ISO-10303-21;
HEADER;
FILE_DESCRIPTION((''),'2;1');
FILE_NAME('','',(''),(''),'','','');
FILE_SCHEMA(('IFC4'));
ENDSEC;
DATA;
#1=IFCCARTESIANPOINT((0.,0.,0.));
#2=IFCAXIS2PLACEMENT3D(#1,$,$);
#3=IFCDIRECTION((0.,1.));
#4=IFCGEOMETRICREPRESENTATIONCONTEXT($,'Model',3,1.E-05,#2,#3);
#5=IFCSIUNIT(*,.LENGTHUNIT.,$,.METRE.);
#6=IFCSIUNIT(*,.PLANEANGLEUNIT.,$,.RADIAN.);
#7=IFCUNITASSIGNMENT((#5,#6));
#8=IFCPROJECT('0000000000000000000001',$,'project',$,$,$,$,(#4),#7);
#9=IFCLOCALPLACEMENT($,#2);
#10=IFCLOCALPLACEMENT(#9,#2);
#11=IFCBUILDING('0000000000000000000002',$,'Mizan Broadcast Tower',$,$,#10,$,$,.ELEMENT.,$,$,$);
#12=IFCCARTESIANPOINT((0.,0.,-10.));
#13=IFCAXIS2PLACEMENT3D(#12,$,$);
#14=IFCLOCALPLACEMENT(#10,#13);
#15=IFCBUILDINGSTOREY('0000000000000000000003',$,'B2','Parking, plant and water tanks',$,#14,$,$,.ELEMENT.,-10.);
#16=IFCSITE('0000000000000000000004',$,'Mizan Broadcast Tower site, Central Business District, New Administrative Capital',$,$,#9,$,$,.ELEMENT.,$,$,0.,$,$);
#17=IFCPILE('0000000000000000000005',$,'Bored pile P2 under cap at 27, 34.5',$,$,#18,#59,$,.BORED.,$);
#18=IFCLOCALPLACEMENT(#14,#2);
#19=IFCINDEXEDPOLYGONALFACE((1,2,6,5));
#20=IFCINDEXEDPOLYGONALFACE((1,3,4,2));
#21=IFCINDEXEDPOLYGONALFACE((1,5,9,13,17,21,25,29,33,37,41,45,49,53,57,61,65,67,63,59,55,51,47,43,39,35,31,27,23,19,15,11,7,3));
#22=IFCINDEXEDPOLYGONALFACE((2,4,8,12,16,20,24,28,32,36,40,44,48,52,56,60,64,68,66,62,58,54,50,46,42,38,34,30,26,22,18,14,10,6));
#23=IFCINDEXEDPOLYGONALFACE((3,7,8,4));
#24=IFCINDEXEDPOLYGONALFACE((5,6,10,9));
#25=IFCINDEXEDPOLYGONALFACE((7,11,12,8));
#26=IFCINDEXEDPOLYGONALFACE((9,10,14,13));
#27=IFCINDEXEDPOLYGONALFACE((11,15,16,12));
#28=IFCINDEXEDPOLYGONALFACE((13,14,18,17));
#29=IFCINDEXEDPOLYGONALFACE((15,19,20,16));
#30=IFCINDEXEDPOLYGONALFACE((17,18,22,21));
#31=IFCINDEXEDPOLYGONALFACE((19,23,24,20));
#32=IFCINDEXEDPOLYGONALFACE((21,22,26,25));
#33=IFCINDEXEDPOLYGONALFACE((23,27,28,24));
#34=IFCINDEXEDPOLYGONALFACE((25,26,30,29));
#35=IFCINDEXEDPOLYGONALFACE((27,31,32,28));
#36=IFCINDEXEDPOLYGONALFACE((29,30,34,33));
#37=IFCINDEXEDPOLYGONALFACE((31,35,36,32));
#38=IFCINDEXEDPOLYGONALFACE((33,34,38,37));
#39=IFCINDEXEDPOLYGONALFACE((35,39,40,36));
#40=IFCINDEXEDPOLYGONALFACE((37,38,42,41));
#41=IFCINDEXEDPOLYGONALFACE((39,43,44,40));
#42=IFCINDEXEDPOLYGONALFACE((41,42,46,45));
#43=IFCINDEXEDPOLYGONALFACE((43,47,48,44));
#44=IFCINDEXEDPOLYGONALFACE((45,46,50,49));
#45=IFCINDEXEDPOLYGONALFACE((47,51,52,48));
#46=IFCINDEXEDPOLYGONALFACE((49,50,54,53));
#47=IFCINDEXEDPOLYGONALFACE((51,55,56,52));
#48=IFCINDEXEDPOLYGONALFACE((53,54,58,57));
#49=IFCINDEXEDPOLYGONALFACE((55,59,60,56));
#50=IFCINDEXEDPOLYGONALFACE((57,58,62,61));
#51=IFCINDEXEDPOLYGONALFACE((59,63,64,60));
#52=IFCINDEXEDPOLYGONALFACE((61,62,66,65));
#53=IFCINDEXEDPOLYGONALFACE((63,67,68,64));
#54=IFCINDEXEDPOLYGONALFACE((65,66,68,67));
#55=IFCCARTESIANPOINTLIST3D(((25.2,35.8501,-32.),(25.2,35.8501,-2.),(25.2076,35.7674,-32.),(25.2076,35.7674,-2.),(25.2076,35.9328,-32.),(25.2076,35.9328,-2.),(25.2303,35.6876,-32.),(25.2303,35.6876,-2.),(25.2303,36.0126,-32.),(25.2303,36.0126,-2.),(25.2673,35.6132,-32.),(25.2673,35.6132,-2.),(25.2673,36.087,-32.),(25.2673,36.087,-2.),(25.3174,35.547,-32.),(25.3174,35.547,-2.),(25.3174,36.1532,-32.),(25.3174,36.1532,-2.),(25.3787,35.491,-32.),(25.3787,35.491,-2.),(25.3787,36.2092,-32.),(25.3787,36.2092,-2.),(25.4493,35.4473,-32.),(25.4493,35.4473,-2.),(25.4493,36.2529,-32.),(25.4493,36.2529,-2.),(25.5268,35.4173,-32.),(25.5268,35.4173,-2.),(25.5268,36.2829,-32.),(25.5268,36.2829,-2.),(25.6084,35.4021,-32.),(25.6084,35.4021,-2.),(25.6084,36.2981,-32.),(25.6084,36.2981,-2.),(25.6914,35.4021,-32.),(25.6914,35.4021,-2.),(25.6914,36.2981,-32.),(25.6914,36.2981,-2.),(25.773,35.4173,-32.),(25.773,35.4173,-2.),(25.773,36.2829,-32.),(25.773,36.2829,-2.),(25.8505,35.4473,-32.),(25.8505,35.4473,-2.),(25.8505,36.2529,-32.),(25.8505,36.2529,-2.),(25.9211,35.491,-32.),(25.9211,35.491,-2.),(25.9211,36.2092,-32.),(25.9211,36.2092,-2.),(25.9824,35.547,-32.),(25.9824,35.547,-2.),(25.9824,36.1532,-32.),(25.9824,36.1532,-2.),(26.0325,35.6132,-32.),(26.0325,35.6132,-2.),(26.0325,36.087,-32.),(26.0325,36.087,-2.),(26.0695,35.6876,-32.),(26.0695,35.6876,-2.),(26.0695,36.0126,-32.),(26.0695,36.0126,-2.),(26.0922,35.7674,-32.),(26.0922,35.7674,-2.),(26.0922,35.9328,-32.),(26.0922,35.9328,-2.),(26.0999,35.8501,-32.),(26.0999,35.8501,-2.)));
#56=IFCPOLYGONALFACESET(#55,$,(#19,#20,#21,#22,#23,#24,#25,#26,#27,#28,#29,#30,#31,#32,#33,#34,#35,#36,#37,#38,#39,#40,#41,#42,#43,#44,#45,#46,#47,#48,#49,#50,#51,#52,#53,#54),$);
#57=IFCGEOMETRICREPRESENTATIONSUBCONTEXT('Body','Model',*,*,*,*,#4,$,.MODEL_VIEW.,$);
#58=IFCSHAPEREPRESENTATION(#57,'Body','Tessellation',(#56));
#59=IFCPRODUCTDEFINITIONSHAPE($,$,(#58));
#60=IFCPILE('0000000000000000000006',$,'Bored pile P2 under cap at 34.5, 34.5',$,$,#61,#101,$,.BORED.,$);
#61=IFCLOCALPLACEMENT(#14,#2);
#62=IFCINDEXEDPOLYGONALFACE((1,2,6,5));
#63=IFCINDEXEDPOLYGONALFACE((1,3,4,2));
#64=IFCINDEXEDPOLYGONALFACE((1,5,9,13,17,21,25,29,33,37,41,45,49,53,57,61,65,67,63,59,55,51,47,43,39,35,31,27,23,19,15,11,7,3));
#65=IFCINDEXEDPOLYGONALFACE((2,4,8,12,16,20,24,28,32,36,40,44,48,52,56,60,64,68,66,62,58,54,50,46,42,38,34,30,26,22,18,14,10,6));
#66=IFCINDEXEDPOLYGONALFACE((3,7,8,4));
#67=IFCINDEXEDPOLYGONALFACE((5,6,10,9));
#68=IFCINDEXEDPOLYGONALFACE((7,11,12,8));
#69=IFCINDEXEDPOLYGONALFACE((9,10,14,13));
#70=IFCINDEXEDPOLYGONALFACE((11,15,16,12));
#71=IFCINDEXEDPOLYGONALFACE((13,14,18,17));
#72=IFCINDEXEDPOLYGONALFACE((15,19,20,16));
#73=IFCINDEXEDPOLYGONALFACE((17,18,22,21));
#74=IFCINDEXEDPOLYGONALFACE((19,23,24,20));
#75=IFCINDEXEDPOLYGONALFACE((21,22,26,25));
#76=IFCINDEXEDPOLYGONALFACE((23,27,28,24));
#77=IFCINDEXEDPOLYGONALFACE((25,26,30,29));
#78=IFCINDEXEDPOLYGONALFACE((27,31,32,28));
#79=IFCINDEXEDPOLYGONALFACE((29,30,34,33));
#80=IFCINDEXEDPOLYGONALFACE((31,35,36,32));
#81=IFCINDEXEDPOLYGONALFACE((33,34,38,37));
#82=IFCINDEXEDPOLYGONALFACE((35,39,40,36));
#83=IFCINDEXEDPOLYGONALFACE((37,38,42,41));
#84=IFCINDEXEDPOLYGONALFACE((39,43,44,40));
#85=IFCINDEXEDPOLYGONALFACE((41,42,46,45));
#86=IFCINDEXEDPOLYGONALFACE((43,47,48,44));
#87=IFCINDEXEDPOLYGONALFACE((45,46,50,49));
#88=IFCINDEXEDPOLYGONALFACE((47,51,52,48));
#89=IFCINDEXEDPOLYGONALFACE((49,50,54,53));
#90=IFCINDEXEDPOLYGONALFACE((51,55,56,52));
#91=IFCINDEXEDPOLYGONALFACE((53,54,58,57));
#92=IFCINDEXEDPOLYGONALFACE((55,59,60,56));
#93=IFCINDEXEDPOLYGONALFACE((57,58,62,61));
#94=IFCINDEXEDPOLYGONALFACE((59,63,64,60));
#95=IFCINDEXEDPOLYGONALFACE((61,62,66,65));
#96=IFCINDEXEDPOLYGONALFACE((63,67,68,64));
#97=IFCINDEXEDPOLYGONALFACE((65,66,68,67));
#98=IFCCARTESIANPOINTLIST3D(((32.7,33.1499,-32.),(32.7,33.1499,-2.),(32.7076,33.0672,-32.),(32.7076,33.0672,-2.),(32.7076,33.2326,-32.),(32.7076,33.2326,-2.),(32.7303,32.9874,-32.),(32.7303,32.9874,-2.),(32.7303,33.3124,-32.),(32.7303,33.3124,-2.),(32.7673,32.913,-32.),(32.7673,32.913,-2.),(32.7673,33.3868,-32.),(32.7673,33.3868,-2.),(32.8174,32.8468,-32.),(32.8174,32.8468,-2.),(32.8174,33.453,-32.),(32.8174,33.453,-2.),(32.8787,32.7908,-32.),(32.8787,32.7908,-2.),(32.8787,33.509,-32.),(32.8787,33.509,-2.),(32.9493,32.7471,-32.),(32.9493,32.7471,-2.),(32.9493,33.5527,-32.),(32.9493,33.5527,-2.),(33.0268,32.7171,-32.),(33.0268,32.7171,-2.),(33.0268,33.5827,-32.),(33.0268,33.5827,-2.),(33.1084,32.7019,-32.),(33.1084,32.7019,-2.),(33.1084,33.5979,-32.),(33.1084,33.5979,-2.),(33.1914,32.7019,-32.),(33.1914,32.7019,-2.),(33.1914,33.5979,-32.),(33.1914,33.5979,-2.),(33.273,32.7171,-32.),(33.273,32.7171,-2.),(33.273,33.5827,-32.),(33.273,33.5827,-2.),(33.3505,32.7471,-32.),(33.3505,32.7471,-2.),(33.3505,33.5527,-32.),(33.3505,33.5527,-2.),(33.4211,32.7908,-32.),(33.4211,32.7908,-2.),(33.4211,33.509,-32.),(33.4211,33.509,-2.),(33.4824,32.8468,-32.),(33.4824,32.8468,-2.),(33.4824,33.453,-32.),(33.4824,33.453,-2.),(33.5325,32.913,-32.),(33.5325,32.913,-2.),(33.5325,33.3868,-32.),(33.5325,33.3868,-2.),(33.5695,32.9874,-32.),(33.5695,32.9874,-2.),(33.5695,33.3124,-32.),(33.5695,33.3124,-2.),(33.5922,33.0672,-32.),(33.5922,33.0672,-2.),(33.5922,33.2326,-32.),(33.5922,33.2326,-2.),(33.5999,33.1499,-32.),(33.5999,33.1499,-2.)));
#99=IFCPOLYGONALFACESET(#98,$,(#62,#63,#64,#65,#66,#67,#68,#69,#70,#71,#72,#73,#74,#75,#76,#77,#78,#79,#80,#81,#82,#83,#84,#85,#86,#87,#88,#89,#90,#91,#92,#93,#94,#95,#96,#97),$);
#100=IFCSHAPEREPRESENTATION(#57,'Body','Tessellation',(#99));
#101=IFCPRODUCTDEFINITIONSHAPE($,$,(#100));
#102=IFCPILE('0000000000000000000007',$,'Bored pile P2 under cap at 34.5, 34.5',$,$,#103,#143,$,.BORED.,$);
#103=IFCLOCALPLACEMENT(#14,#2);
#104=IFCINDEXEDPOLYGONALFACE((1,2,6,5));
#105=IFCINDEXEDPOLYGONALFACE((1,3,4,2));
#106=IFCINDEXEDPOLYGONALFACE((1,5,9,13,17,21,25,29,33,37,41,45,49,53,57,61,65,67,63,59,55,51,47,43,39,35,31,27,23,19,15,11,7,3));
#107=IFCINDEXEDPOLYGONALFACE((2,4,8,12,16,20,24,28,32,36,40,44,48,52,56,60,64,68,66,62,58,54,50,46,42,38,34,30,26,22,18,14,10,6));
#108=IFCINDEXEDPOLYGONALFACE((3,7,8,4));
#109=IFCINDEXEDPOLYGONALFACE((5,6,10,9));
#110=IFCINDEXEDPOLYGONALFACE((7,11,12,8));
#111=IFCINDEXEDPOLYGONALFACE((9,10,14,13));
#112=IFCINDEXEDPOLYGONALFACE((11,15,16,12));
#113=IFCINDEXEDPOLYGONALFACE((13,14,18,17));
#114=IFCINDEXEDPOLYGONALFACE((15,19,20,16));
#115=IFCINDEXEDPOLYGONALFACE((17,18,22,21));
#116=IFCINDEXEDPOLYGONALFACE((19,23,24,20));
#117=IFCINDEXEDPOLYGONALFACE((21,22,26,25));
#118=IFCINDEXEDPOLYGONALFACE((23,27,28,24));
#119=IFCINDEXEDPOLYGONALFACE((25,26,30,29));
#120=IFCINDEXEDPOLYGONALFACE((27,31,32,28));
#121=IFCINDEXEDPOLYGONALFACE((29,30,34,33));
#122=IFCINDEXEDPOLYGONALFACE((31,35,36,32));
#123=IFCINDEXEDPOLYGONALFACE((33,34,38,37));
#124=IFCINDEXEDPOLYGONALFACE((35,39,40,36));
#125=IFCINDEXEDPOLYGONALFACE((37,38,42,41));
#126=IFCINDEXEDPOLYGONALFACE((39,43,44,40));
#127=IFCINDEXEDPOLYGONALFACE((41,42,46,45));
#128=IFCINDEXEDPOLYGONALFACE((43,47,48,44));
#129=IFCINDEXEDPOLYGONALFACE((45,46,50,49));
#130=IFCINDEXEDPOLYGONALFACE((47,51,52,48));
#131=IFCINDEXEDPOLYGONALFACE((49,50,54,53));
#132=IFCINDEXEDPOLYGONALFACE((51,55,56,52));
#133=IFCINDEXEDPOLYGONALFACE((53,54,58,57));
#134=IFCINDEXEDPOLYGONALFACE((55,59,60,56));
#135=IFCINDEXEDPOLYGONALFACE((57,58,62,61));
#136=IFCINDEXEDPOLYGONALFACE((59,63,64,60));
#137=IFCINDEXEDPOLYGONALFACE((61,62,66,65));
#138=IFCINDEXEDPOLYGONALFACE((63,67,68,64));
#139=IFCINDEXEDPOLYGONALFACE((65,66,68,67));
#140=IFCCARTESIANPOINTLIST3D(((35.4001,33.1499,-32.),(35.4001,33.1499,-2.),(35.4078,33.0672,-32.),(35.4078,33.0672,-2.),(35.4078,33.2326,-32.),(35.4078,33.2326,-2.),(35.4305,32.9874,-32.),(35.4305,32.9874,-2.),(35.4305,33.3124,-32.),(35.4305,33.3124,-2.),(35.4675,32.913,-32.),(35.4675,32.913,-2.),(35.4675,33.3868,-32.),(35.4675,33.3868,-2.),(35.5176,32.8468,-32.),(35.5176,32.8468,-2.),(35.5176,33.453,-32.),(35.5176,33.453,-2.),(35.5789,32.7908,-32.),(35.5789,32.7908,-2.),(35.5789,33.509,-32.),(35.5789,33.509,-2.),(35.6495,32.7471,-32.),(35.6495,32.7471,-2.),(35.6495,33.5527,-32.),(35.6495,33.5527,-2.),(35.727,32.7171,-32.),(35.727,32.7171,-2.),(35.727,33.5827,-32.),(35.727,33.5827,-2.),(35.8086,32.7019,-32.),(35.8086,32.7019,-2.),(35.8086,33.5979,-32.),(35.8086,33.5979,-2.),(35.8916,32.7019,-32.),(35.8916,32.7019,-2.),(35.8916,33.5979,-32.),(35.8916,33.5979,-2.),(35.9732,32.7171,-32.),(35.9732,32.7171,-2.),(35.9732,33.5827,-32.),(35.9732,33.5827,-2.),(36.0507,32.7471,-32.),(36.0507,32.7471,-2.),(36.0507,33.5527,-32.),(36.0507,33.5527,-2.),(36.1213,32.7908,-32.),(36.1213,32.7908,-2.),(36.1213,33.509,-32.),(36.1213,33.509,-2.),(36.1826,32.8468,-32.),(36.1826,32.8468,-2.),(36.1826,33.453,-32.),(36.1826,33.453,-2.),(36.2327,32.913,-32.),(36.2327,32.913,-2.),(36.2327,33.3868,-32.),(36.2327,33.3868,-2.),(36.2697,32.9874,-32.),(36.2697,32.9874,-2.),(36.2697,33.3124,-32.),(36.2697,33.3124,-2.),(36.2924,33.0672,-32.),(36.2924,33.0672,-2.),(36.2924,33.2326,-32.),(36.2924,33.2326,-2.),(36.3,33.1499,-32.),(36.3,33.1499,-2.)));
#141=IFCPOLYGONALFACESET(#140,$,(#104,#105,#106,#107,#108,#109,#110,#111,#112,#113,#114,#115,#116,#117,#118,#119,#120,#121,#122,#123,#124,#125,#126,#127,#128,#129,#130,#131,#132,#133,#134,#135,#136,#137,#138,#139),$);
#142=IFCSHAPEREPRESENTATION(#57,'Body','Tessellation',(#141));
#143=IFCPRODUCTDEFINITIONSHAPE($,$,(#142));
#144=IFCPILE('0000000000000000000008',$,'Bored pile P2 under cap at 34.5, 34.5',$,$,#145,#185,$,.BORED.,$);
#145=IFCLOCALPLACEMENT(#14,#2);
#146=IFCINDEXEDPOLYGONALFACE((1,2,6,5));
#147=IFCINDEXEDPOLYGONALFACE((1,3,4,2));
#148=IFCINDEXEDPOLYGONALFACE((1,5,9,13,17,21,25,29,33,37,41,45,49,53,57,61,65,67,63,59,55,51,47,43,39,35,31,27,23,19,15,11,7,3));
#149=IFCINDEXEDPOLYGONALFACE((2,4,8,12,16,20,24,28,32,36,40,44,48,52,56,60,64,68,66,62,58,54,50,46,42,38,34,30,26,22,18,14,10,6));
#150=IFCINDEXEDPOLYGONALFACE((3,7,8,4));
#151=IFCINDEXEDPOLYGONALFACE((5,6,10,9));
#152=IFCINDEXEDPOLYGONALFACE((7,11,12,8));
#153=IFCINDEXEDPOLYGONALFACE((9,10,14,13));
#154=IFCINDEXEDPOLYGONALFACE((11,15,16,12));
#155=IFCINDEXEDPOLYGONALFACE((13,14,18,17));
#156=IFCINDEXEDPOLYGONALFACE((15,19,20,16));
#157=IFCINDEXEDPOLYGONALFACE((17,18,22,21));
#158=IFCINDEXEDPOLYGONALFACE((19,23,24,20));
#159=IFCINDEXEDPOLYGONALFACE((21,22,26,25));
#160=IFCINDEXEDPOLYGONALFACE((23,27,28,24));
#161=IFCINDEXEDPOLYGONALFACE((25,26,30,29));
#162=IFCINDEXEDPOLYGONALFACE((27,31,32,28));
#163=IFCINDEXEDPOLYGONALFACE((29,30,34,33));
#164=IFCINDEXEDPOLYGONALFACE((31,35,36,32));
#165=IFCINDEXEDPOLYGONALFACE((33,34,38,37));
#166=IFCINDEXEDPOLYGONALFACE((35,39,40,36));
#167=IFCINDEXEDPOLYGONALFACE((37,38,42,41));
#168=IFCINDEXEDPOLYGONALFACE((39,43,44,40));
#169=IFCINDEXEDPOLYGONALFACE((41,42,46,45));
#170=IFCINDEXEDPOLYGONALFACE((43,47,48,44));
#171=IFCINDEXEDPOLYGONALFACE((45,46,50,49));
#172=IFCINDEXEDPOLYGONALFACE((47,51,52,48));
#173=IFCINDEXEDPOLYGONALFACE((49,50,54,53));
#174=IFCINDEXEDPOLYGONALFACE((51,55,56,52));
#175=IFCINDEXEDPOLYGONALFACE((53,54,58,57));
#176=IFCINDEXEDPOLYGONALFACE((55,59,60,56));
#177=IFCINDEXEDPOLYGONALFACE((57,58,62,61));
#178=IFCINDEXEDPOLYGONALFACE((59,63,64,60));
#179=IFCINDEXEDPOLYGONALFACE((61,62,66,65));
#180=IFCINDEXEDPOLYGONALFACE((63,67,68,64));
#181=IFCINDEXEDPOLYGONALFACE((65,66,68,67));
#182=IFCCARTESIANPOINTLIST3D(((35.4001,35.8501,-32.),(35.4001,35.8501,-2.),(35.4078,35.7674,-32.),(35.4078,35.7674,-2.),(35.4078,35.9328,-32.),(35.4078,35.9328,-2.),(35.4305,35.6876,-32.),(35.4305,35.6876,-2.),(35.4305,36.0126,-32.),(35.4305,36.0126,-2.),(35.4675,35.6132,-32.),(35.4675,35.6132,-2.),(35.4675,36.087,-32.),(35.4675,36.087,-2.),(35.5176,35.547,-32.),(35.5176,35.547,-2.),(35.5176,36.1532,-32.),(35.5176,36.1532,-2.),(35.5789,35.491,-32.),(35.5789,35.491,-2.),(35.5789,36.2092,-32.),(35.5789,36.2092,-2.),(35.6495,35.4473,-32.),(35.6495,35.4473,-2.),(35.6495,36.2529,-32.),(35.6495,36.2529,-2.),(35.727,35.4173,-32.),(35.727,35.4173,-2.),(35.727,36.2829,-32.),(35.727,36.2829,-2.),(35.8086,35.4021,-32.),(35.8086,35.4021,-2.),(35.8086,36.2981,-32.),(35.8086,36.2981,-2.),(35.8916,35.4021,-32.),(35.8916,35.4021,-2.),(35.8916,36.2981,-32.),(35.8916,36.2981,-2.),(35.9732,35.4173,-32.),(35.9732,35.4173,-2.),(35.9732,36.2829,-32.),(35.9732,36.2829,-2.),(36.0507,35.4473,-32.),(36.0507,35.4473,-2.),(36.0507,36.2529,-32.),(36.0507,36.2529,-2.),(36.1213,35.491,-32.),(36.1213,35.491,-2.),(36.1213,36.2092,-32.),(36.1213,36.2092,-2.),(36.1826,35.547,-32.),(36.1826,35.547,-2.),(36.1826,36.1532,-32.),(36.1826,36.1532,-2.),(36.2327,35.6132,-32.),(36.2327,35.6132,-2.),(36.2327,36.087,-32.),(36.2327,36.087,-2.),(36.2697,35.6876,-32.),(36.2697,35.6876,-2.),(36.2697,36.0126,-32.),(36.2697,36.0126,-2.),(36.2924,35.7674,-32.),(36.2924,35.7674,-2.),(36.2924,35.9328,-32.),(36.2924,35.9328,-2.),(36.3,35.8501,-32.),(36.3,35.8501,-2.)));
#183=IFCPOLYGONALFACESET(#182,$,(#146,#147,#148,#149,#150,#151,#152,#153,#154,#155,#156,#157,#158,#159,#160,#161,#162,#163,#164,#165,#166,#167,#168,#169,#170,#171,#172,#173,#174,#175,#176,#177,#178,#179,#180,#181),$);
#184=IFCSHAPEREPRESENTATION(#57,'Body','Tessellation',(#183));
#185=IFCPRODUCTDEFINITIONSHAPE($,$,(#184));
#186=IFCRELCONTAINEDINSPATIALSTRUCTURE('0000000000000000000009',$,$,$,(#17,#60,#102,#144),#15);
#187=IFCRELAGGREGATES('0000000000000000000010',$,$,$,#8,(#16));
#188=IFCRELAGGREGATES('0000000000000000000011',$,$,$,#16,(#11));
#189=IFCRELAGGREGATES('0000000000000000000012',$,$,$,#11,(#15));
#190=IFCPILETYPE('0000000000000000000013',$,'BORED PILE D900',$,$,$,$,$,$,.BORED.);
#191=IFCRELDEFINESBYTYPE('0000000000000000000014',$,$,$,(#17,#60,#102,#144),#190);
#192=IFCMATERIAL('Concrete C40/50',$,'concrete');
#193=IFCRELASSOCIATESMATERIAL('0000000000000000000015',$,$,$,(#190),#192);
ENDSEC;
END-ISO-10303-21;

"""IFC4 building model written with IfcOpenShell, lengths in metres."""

from ifc_helpers import new_model, si_unit, direction, frame, origin, origin_2d, place, context, subcontext, project, spatial, circle, extrude, material, material_profile, profile_set, type_object, element, save


model = new_model("IFC4")

# Units and contexts
model_context = context("Model", 3, precision=1e-05, world=origin(), true_north=direction((0.0, 1.0)))
body_context = subcontext(model_context, "Body", "Model", "MODEL_VIEW")
ifc_project = project(units=[si_unit("LENGTHUNIT", "METRE"), si_unit("PLANEANGLEUNIT", "RADIAN")], contexts=[model_context])

# Site, building, storey
site_placement = place(None, origin())
site = spatial("IfcSite", under=ifc_project, at=site_placement, Name="Mizan Broadcast Tower site, Central Business District, New Administrative Capital", CompositionType="ELEMENT", RefElevation=0.0)
building_placement = place(site_placement, origin())
building = spatial("IfcBuilding", under=site, at=building_placement, Name="Mizan Broadcast Tower", CompositionType="ELEMENT")
storey_placement = place(building_placement, frame((0.0, 0.0, -10.0)))
storey = spatial("IfcBuildingStorey", under=building, at=storey_placement, Name="B2", Description="Parking, plant and water tanks", CompositionType="ELEMENT", Elevation=-10.0)

# Piles
ifc_material_1 = material(Name="Concrete C40/50", Category="concrete")
ifc_material_profile_1 = material_profile(ifc_material_1, circle(Radius=0.45, at=origin_2d()), Name="D900")
ifc_profile_set_1 = profile_set([ifc_material_profile_1], Name="Concrete C40/50")
pile_type = type_object("IfcPileType", Name="BORED PILE D900", PredefinedType="BORED", material=ifc_profile_set_1)
for number, where, z_axis, x_axis, name in (
    (1, (25.6499, 35.8501, -2.0), (0.0, 0.0, -1.0), (1.0, 0.0, 0.0), "Bored pile P2 under cap at 27, 34.5"),
    (2, (33.1499, 33.1499, -2.0), (0.0, 0.0, -1.0), (1.0, 0.0, 0.0), "Bored pile P2 under cap at 34.5, 34.5"),
    (3, (35.8501, 33.1499, -2.0), (0.0, 0.0, -1.0), (1.0, 0.0, 0.0), "Bored pile P2 under cap at 34.5, 34.5"),
    (4, (35.8501, 35.8501, -2.0), (0.0, 0.0, -1.0), (1.0, 0.0, 0.0), "Bored pile P2 under cap at 34.5, 34.5"),
):
    element("IfcPile", number, at=place(storey_placement, frame(where, z_axis=z_axis, x_axis=x_axis)), inside=storey, type_object=pile_type, Name=name, PredefinedType="BORED", context=body_context, shape_type="SweptSolid", body=[
        extrude(circle(Radius=0.45, at=origin_2d()), origin(), (0.0, 0.0, 1.0), 30.0),
    ])

save(model, "model.ifc")
